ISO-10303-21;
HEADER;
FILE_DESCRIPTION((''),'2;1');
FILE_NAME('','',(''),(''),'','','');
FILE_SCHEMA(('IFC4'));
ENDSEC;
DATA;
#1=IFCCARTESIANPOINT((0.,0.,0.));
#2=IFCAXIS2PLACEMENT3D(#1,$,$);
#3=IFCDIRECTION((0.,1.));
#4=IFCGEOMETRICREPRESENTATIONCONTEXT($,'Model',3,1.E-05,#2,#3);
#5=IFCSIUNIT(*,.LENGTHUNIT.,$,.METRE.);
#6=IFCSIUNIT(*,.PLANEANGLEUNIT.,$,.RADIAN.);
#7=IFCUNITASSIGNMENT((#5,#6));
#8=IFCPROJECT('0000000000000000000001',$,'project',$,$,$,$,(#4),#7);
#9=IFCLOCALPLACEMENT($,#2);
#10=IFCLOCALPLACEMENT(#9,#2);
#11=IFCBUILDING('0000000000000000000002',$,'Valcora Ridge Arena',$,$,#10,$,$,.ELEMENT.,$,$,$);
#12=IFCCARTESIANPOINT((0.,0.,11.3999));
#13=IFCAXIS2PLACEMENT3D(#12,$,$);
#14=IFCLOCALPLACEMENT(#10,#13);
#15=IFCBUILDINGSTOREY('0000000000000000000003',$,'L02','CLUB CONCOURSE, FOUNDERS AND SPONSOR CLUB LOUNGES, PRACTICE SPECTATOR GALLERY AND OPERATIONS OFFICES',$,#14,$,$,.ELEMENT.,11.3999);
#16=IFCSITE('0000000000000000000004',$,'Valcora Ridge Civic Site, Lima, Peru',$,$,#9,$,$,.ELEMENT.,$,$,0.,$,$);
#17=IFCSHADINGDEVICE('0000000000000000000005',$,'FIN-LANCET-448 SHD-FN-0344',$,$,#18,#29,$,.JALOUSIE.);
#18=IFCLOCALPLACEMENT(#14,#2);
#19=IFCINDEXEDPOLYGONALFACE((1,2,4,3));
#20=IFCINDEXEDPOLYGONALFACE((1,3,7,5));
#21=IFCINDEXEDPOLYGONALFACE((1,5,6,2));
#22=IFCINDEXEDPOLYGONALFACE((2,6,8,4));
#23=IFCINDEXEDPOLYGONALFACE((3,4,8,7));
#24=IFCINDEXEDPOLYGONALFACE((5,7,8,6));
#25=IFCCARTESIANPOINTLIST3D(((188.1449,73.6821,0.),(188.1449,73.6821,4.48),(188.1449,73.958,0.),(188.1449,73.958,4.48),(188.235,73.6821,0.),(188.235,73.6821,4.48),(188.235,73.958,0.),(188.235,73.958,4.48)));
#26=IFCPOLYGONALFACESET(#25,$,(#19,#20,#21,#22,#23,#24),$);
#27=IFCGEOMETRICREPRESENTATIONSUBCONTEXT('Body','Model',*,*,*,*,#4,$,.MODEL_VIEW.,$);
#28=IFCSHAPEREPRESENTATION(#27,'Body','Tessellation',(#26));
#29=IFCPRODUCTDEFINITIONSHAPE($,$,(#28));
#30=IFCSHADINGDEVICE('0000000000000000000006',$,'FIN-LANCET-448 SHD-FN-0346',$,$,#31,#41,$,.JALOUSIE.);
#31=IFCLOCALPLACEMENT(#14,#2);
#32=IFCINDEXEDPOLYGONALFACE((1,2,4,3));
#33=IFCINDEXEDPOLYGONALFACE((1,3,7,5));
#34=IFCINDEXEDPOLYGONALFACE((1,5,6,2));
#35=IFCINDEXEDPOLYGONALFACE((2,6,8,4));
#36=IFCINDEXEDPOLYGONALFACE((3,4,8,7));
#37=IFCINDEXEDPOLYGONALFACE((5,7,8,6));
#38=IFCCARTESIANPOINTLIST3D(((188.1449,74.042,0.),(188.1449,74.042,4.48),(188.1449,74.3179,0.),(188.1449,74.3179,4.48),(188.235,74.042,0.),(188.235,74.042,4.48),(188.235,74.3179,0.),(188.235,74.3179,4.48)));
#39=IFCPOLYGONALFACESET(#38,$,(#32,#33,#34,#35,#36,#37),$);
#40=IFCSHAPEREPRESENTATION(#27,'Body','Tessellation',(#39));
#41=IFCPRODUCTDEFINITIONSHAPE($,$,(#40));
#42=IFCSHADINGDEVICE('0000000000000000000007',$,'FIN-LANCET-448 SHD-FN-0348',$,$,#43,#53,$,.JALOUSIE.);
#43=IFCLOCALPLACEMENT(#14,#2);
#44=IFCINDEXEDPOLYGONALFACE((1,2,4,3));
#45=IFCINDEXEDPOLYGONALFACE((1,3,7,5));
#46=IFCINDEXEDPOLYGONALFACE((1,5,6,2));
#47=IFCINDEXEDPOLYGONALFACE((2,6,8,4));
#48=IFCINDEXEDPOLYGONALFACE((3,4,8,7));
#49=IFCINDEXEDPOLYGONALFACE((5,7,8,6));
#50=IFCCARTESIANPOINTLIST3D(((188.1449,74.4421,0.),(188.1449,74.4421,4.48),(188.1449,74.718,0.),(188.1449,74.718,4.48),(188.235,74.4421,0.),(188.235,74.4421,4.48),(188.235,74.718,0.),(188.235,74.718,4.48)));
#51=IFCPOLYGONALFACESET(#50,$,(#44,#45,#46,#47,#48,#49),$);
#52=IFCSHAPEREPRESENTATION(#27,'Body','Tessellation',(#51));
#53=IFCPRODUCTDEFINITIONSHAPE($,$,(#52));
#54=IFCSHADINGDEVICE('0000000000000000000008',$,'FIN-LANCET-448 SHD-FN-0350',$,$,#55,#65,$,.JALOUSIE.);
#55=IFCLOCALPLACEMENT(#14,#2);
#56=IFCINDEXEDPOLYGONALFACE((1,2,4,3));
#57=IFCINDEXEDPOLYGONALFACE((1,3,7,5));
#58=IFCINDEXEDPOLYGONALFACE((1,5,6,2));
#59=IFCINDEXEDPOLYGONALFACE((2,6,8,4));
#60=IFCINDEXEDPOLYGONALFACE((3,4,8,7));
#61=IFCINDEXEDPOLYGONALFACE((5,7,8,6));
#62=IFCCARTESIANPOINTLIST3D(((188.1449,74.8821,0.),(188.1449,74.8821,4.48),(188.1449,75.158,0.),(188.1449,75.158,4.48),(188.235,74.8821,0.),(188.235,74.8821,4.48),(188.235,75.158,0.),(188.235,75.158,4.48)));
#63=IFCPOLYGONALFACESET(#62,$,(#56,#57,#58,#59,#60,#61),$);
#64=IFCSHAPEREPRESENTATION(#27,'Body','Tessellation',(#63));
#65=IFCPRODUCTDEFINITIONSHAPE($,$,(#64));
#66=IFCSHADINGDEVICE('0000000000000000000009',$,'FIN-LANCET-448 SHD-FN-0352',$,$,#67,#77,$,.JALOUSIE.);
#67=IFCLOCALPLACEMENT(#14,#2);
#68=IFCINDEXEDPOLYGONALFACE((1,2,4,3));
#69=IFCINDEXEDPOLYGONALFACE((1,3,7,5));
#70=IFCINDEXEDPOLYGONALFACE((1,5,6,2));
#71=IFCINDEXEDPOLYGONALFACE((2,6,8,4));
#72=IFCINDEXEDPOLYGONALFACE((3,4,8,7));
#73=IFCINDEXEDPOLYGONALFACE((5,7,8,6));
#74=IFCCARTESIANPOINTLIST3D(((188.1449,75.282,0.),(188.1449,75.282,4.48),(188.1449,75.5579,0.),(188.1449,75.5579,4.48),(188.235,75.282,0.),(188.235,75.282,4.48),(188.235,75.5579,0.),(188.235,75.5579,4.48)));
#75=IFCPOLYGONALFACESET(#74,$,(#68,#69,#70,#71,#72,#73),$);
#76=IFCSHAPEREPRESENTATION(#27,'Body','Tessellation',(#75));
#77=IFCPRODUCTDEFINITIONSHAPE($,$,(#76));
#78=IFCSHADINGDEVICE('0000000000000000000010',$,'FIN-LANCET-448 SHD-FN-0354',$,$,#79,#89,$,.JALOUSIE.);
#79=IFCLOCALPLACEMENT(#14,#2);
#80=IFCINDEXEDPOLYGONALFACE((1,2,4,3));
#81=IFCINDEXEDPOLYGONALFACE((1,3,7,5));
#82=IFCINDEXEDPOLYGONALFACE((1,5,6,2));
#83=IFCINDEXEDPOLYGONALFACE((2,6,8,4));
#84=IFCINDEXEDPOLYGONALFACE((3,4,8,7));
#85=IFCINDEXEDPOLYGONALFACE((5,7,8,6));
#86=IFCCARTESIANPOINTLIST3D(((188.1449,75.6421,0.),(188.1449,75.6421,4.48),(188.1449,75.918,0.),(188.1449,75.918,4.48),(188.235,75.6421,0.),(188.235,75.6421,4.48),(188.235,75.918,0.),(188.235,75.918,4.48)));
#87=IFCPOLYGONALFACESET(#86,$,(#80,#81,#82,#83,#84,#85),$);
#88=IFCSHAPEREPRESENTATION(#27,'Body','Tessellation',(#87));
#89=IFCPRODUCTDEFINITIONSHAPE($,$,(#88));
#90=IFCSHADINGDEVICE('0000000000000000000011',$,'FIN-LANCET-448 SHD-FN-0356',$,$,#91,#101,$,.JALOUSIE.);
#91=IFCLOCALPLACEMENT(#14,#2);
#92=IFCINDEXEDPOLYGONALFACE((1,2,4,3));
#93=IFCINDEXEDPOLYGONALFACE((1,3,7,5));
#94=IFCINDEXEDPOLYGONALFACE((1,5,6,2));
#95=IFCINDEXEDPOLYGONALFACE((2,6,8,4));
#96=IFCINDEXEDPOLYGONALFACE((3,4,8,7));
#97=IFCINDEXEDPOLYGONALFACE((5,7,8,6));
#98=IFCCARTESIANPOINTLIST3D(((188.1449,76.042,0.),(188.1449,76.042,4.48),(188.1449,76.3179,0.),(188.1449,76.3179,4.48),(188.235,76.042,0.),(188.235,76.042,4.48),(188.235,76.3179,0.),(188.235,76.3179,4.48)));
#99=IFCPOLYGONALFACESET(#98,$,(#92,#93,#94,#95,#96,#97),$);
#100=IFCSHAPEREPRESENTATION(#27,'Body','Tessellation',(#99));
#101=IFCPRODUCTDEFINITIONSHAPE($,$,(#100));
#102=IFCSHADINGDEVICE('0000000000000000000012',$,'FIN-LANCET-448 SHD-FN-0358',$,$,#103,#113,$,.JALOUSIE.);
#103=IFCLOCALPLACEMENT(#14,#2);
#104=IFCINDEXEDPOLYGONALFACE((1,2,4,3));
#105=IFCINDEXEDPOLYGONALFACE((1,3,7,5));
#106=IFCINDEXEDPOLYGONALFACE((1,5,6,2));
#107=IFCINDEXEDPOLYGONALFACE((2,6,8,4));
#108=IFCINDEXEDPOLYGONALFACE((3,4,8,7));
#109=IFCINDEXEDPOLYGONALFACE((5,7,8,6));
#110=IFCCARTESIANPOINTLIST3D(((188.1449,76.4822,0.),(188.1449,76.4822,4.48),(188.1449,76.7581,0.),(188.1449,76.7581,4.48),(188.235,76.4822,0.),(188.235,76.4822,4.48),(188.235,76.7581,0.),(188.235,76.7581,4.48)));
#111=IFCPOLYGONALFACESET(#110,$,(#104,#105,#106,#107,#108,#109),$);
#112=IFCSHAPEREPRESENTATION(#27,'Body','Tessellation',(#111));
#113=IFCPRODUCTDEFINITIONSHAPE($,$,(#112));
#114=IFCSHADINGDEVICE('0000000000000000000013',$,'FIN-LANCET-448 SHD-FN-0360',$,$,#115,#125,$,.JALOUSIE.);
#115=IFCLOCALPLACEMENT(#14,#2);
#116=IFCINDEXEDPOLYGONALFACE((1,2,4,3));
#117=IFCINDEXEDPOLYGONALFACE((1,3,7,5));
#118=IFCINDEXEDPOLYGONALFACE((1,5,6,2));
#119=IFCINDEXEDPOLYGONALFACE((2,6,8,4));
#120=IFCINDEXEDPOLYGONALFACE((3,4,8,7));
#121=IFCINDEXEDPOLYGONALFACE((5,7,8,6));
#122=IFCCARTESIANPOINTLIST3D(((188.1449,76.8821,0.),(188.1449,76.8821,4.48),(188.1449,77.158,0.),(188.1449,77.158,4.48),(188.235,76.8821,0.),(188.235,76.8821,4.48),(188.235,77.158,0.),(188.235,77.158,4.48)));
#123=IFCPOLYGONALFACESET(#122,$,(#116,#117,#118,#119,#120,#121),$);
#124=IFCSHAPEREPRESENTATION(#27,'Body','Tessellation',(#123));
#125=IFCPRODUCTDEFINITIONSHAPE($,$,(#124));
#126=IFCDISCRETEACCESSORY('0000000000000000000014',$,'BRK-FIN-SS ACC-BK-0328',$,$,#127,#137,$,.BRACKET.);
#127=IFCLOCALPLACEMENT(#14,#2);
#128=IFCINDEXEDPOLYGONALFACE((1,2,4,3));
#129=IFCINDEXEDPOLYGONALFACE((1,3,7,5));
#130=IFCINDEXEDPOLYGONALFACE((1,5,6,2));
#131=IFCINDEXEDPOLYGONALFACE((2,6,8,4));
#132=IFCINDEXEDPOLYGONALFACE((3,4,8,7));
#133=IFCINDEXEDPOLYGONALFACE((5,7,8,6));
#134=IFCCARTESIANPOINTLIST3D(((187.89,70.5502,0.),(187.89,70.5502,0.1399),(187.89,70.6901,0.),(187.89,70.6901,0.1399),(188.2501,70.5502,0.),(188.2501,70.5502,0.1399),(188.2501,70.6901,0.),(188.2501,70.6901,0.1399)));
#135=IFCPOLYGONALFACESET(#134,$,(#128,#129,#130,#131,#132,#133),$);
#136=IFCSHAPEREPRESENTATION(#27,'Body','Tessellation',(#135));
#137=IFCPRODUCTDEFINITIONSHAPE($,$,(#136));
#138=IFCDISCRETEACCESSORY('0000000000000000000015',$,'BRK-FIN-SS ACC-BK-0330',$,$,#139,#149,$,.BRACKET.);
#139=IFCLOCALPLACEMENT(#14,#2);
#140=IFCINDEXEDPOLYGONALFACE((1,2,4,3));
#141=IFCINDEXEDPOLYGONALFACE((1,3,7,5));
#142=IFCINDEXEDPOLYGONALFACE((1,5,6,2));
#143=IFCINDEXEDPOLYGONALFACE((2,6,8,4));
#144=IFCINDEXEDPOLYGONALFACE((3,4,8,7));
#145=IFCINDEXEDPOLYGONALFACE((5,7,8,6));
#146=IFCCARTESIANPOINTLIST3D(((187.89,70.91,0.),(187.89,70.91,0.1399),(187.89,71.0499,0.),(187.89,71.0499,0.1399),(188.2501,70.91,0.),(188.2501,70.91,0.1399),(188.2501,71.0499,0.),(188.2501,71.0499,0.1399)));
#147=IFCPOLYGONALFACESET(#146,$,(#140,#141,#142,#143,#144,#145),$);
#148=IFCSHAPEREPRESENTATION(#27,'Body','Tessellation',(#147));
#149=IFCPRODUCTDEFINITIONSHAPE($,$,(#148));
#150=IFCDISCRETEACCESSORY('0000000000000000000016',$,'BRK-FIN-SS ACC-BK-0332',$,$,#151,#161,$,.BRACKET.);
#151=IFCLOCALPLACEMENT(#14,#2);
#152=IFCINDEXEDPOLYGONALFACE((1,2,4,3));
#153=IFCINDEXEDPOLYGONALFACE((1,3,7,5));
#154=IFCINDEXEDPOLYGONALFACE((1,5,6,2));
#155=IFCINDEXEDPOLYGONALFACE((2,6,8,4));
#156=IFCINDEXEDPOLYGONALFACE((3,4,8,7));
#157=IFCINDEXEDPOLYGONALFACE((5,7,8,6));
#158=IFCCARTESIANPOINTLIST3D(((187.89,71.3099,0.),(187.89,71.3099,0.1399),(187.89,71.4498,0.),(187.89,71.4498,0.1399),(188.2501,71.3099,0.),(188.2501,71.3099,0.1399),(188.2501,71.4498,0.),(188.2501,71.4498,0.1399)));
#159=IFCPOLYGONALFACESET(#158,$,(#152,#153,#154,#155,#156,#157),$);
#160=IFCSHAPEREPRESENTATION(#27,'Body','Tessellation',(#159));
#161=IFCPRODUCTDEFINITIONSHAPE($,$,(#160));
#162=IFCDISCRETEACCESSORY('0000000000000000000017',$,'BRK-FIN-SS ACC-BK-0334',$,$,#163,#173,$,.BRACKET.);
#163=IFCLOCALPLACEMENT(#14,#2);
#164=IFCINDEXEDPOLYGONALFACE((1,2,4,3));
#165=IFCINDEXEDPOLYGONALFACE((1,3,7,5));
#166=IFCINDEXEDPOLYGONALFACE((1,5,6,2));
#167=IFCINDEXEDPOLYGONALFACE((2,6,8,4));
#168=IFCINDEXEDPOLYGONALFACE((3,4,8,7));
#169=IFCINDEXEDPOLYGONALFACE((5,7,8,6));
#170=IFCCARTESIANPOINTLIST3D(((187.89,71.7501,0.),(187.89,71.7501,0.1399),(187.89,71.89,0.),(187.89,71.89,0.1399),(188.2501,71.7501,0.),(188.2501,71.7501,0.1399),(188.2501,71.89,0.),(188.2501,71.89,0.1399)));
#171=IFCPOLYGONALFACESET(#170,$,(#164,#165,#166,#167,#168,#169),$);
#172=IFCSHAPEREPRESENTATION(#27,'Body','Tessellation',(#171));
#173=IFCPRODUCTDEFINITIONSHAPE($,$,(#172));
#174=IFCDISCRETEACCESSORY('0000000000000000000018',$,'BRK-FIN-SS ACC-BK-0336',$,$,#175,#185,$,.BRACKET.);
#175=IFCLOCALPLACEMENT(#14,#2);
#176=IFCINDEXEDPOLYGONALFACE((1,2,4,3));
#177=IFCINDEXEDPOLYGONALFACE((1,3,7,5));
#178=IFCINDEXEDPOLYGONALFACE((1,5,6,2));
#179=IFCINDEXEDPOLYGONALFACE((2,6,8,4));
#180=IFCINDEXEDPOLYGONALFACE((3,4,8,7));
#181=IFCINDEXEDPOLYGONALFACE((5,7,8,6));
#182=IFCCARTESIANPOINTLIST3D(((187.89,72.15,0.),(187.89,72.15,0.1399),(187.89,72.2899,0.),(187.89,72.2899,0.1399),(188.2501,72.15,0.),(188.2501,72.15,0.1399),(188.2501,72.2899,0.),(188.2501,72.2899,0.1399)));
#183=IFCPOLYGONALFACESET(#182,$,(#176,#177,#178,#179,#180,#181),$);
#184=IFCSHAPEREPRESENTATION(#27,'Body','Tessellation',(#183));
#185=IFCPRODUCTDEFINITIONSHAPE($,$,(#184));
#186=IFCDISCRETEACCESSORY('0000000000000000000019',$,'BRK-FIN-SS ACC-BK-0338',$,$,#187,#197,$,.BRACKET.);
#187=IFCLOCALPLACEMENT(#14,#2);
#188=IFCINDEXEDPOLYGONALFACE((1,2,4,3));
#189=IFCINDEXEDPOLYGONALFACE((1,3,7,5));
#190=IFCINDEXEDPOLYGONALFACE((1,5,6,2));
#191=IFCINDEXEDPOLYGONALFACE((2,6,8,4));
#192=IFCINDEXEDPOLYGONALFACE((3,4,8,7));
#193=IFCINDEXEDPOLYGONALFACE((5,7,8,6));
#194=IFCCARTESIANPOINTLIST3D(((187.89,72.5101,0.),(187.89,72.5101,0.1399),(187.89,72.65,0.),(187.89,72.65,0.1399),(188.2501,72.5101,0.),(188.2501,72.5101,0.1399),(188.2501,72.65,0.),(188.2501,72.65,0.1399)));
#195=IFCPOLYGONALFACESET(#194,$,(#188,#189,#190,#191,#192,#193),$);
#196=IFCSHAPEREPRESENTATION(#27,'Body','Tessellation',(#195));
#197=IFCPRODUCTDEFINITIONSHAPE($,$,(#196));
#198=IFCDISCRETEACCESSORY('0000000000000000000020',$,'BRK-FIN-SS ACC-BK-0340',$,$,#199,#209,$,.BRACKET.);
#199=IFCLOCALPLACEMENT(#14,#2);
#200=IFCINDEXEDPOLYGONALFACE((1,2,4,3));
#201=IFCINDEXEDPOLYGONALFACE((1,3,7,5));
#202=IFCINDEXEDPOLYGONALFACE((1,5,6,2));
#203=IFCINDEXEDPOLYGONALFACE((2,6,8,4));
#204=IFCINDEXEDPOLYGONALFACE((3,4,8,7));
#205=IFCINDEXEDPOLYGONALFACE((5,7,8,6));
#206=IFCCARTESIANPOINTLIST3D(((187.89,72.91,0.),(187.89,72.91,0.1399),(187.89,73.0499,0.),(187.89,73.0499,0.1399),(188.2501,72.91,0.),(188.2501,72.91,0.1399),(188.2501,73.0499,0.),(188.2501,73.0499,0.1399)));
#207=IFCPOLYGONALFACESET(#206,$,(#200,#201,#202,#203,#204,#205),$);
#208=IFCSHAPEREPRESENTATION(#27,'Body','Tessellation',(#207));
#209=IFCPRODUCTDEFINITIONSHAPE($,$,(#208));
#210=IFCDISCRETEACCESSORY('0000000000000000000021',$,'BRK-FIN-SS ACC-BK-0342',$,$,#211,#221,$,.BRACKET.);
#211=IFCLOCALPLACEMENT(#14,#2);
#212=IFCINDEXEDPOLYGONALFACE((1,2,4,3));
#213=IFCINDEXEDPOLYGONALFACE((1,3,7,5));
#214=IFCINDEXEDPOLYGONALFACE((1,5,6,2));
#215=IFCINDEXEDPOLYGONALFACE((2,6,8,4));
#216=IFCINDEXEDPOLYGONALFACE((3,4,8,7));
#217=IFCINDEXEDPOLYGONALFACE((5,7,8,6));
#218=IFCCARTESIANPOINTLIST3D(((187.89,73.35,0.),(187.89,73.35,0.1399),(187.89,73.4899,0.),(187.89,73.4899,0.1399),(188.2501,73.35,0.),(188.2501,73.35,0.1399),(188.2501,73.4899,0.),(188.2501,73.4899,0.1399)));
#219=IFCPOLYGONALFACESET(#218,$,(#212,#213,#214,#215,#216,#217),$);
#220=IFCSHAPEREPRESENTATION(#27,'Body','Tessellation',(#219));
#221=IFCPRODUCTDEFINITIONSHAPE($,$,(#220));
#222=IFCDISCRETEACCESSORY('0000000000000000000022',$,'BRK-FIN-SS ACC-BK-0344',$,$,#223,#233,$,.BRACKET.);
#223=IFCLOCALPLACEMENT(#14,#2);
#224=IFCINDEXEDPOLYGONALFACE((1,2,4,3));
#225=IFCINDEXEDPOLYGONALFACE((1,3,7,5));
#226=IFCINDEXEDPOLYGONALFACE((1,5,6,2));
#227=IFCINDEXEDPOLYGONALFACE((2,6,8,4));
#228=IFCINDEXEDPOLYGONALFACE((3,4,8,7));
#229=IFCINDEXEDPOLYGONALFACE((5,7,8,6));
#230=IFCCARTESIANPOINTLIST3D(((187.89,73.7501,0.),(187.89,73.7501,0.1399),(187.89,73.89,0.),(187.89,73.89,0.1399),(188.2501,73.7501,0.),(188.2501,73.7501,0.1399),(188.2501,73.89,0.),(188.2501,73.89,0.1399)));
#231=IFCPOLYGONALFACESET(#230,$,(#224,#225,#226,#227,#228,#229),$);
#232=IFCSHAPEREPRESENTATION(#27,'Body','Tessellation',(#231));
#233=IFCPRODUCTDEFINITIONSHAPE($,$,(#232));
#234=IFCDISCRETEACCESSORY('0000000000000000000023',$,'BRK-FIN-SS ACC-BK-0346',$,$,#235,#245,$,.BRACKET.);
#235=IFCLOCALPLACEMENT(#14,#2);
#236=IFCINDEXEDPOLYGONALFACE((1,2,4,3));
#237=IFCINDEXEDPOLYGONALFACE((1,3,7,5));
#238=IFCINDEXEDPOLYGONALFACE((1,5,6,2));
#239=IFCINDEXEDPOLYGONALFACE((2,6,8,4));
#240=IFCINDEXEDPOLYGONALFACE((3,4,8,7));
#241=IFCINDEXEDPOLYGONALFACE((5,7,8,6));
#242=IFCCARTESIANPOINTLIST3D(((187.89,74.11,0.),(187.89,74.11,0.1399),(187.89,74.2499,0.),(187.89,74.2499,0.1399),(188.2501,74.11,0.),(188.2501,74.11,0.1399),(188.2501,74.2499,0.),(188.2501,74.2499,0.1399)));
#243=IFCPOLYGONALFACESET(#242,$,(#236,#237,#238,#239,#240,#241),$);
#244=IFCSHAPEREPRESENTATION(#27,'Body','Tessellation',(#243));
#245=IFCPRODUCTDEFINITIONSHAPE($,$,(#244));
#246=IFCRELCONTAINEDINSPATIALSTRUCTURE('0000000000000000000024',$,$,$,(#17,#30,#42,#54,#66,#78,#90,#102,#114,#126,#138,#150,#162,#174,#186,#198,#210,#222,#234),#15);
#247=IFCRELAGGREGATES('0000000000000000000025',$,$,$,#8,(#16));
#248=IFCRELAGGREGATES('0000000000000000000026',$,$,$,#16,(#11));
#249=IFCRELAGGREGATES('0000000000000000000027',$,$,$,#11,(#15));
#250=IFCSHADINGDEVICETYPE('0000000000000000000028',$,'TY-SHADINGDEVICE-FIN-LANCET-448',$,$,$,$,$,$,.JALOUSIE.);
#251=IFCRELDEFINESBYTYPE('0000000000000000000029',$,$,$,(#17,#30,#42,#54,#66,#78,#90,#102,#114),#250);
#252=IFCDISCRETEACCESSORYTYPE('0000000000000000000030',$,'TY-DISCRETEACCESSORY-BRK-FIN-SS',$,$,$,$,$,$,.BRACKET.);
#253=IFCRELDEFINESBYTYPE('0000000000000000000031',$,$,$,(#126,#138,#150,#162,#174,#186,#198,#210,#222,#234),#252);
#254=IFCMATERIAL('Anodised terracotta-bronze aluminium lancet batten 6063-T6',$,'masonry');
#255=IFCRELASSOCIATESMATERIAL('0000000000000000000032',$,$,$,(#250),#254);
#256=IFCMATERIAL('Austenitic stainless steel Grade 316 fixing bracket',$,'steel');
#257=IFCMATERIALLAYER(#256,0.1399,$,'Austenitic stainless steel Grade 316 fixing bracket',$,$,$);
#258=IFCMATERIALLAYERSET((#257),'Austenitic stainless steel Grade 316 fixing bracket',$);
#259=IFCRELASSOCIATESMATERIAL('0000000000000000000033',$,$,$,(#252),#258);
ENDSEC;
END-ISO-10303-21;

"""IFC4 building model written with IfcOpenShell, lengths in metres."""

from ifc_helpers import new_model, si_unit, direction, frame, origin, origin_2d, place, context, subcontext, project, spatial, rectangle, extrude, material, layer, layer_set, material_profile, profile_set, type_object, element, save


model = new_model("IFC4")

# Units and contexts
model_context = context("Model", 3, precision=1e-05, world=origin(), true_north=direction((0.0, 1.0)))
body_context = subcontext(model_context, "Body", "Model", "MODEL_VIEW")
ifc_project = project(units=[si_unit("LENGTHUNIT", "METRE"), si_unit("PLANEANGLEUNIT", "RADIAN")], contexts=[model_context])

# Site, building, storey
site_placement = place(None, origin())
site = spatial("IfcSite", under=ifc_project, at=site_placement, Name="Valcora Ridge Civic Site, Lima, Peru", CompositionType="ELEMENT", RefElevation=0.0)
building_placement = place(site_placement, origin())
building = spatial("IfcBuilding", under=site, at=building_placement, Name="Valcora Ridge Arena", CompositionType="ELEMENT")
storey_placement = place(building_placement, frame((0.0, 0.0, 11.3999)))
storey = spatial("IfcBuildingStorey", under=building, at=storey_placement, Name="L02", Description="CLUB CONCOURSE, FOUNDERS AND SPONSOR CLUB LOUNGES, PRACTICE SPECTATOR GALLERY AND OPERATIONS OFFICES", CompositionType="ELEMENT", Elevation=11.3999)

# Shading devices
ifc_material_1 = material(Name="Anodised terracotta-bronze aluminium lancet batten 6063-T6", Category="masonry")
ifc_material_profile_1 = material_profile(ifc_material_1, rectangle(XDim=0.0901, YDim=0.2759, at=origin_2d()), Name="ALU LANCET BATTEN 90x276")
ifc_profile_set_1 = profile_set([ifc_material_profile_1], Name="Anodised terracotta-bronze aluminium lancet batten 6063-T6")
shading_device_type = type_object("IfcShadingDeviceType", Name="TY-SHADINGDEVICE-FIN-LANCET-448", PredefinedType="JALOUSIE", material=ifc_profile_set_1)
for number, where, z_axis, x_axis, name in (
    (1, (188.1899, 73.8201, 0.0), (0.0, 0.0, 1.0), (1.0, 0.0, 0.0), "FIN-LANCET-448 SHD-FN-0344"),
    (2, (188.1899, 74.1799, 0.0), (0.0, 0.0, 1.0), (1.0, 0.0, 0.0), "FIN-LANCET-448 SHD-FN-0346"),
    (3, (188.1899, 74.5801, 0.0), (0.0, 0.0, 1.0), (1.0, 0.0, 0.0), "FIN-LANCET-448 SHD-FN-0348"),
    (4, (188.1899, 75.02, 0.0), (0.0, 0.0, 1.0), (1.0, 0.0, 0.0), "FIN-LANCET-448 SHD-FN-0350"),
    (5, (188.1899, 75.4199, 0.0), (0.0, 0.0, 1.0), (1.0, 0.0, 0.0), "FIN-LANCET-448 SHD-FN-0352"),
    (6, (188.1899, 75.78, 0.0), (0.0, 0.0, 1.0), (1.0, 0.0, 0.0), "FIN-LANCET-448 SHD-FN-0354"),
    (7, (188.1899, 76.1799, 0.0), (0.0, 0.0, 1.0), (1.0, 0.0, 0.0), "FIN-LANCET-448 SHD-FN-0356"),
    (8, (188.1899, 76.6201, 0.0), (0.0, 0.0, 1.0), (1.0, 0.0, 0.0), "FIN-LANCET-448 SHD-FN-0358"),
    (9, (188.1899, 77.02, 0.0), (0.0, 0.0, 1.0), (1.0, 0.0, 0.0), "FIN-LANCET-448 SHD-FN-0360"),
):
    element("IfcShadingDevice", number, at=place(storey_placement, frame(where, z_axis=z_axis, x_axis=x_axis)), inside=storey, type_object=shading_device_type, Name=name, PredefinedType="JALOUSIE", context=body_context, shape_type="SweptSolid", body=[
        extrude(rectangle(XDim=0.0901, YDim=0.2759, at=origin_2d()), origin(), (0.0, 0.0, 1.0), 4.48),
    ])

# Discrete accessories
ifc_material_2 = material(Name="Austenitic stainless steel Grade 316 fixing bracket", Category="steel")
ifc_layer = layer(ifc_material_2, 0.1399, Name="Austenitic stainless steel Grade 316 fixing bracket")
ifc_layer_set = layer_set([ifc_layer], Name="Austenitic stainless steel Grade 316 fixing bracket")
discrete_accessory_type = type_object("IfcDiscreteAccessoryType", Name="TY-DISCRETEACCESSORY-BRK-FIN-SS", PredefinedType="BRACKET", material=ifc_layer_set)
for number, where, z_axis, x_axis, name in (
    (10, (188.0701, 70.6201, 0.0), (0.0, 0.0, 1.0), (1.0, 0.0, 0.0), "BRK-FIN-SS ACC-BK-0328"),
    (11, (188.0701, 70.98, 0.0), (0.0, 0.0, 1.0), (1.0, 0.0, 0.0), "BRK-FIN-SS ACC-BK-0330"),
    (12, (188.0701, 71.3799, 0.0), (0.0, 0.0, 1.0), (1.0, 0.0, 0.0), "BRK-FIN-SS ACC-BK-0332"),
    (13, (188.0701, 71.8201, 0.0), (0.0, 0.0, 1.0), (1.0, 0.0, 0.0), "BRK-FIN-SS ACC-BK-0334"),
    (14, (188.0701, 72.22, 0.0), (0.0, 0.0, 1.0), (1.0, 0.0, 0.0), "BRK-FIN-SS ACC-BK-0336"),
    (15, (188.0701, 72.5801, 0.0), (0.0, 0.0, 1.0), (1.0, 0.0, 0.0), "BRK-FIN-SS ACC-BK-0338"),
    (16, (188.0701, 72.98, 0.0), (0.0, 0.0, 1.0), (1.0, 0.0, 0.0), "BRK-FIN-SS ACC-BK-0340"),
    (17, (188.0701, 73.4199, 0.0), (0.0, 0.0, 1.0), (1.0, 0.0, 0.0), "BRK-FIN-SS ACC-BK-0342"),
    (18, (188.0701, 73.8201, 0.0), (0.0, 0.0, 1.0), (1.0, 0.0, 0.0), "BRK-FIN-SS ACC-BK-0344"),
    (19, (188.0701, 74.1799, 0.0), (0.0, 0.0, 1.0), (1.0, 0.0, 0.0), "BRK-FIN-SS ACC-BK-0346"),
):
    element("IfcDiscreteAccessory", number, at=place(storey_placement, frame(where, z_axis=z_axis, x_axis=x_axis)), inside=storey, type_object=discrete_accessory_type, Name=name, PredefinedType="BRACKET", context=body_context, shape_type="SweptSolid", body=[
        extrude(rectangle(XDim=0.3601, YDim=0.1399, at=origin_2d()), origin(), (0.0, 0.0, 1.0), 0.1399),
    ])

save(model, "model.ifc")
